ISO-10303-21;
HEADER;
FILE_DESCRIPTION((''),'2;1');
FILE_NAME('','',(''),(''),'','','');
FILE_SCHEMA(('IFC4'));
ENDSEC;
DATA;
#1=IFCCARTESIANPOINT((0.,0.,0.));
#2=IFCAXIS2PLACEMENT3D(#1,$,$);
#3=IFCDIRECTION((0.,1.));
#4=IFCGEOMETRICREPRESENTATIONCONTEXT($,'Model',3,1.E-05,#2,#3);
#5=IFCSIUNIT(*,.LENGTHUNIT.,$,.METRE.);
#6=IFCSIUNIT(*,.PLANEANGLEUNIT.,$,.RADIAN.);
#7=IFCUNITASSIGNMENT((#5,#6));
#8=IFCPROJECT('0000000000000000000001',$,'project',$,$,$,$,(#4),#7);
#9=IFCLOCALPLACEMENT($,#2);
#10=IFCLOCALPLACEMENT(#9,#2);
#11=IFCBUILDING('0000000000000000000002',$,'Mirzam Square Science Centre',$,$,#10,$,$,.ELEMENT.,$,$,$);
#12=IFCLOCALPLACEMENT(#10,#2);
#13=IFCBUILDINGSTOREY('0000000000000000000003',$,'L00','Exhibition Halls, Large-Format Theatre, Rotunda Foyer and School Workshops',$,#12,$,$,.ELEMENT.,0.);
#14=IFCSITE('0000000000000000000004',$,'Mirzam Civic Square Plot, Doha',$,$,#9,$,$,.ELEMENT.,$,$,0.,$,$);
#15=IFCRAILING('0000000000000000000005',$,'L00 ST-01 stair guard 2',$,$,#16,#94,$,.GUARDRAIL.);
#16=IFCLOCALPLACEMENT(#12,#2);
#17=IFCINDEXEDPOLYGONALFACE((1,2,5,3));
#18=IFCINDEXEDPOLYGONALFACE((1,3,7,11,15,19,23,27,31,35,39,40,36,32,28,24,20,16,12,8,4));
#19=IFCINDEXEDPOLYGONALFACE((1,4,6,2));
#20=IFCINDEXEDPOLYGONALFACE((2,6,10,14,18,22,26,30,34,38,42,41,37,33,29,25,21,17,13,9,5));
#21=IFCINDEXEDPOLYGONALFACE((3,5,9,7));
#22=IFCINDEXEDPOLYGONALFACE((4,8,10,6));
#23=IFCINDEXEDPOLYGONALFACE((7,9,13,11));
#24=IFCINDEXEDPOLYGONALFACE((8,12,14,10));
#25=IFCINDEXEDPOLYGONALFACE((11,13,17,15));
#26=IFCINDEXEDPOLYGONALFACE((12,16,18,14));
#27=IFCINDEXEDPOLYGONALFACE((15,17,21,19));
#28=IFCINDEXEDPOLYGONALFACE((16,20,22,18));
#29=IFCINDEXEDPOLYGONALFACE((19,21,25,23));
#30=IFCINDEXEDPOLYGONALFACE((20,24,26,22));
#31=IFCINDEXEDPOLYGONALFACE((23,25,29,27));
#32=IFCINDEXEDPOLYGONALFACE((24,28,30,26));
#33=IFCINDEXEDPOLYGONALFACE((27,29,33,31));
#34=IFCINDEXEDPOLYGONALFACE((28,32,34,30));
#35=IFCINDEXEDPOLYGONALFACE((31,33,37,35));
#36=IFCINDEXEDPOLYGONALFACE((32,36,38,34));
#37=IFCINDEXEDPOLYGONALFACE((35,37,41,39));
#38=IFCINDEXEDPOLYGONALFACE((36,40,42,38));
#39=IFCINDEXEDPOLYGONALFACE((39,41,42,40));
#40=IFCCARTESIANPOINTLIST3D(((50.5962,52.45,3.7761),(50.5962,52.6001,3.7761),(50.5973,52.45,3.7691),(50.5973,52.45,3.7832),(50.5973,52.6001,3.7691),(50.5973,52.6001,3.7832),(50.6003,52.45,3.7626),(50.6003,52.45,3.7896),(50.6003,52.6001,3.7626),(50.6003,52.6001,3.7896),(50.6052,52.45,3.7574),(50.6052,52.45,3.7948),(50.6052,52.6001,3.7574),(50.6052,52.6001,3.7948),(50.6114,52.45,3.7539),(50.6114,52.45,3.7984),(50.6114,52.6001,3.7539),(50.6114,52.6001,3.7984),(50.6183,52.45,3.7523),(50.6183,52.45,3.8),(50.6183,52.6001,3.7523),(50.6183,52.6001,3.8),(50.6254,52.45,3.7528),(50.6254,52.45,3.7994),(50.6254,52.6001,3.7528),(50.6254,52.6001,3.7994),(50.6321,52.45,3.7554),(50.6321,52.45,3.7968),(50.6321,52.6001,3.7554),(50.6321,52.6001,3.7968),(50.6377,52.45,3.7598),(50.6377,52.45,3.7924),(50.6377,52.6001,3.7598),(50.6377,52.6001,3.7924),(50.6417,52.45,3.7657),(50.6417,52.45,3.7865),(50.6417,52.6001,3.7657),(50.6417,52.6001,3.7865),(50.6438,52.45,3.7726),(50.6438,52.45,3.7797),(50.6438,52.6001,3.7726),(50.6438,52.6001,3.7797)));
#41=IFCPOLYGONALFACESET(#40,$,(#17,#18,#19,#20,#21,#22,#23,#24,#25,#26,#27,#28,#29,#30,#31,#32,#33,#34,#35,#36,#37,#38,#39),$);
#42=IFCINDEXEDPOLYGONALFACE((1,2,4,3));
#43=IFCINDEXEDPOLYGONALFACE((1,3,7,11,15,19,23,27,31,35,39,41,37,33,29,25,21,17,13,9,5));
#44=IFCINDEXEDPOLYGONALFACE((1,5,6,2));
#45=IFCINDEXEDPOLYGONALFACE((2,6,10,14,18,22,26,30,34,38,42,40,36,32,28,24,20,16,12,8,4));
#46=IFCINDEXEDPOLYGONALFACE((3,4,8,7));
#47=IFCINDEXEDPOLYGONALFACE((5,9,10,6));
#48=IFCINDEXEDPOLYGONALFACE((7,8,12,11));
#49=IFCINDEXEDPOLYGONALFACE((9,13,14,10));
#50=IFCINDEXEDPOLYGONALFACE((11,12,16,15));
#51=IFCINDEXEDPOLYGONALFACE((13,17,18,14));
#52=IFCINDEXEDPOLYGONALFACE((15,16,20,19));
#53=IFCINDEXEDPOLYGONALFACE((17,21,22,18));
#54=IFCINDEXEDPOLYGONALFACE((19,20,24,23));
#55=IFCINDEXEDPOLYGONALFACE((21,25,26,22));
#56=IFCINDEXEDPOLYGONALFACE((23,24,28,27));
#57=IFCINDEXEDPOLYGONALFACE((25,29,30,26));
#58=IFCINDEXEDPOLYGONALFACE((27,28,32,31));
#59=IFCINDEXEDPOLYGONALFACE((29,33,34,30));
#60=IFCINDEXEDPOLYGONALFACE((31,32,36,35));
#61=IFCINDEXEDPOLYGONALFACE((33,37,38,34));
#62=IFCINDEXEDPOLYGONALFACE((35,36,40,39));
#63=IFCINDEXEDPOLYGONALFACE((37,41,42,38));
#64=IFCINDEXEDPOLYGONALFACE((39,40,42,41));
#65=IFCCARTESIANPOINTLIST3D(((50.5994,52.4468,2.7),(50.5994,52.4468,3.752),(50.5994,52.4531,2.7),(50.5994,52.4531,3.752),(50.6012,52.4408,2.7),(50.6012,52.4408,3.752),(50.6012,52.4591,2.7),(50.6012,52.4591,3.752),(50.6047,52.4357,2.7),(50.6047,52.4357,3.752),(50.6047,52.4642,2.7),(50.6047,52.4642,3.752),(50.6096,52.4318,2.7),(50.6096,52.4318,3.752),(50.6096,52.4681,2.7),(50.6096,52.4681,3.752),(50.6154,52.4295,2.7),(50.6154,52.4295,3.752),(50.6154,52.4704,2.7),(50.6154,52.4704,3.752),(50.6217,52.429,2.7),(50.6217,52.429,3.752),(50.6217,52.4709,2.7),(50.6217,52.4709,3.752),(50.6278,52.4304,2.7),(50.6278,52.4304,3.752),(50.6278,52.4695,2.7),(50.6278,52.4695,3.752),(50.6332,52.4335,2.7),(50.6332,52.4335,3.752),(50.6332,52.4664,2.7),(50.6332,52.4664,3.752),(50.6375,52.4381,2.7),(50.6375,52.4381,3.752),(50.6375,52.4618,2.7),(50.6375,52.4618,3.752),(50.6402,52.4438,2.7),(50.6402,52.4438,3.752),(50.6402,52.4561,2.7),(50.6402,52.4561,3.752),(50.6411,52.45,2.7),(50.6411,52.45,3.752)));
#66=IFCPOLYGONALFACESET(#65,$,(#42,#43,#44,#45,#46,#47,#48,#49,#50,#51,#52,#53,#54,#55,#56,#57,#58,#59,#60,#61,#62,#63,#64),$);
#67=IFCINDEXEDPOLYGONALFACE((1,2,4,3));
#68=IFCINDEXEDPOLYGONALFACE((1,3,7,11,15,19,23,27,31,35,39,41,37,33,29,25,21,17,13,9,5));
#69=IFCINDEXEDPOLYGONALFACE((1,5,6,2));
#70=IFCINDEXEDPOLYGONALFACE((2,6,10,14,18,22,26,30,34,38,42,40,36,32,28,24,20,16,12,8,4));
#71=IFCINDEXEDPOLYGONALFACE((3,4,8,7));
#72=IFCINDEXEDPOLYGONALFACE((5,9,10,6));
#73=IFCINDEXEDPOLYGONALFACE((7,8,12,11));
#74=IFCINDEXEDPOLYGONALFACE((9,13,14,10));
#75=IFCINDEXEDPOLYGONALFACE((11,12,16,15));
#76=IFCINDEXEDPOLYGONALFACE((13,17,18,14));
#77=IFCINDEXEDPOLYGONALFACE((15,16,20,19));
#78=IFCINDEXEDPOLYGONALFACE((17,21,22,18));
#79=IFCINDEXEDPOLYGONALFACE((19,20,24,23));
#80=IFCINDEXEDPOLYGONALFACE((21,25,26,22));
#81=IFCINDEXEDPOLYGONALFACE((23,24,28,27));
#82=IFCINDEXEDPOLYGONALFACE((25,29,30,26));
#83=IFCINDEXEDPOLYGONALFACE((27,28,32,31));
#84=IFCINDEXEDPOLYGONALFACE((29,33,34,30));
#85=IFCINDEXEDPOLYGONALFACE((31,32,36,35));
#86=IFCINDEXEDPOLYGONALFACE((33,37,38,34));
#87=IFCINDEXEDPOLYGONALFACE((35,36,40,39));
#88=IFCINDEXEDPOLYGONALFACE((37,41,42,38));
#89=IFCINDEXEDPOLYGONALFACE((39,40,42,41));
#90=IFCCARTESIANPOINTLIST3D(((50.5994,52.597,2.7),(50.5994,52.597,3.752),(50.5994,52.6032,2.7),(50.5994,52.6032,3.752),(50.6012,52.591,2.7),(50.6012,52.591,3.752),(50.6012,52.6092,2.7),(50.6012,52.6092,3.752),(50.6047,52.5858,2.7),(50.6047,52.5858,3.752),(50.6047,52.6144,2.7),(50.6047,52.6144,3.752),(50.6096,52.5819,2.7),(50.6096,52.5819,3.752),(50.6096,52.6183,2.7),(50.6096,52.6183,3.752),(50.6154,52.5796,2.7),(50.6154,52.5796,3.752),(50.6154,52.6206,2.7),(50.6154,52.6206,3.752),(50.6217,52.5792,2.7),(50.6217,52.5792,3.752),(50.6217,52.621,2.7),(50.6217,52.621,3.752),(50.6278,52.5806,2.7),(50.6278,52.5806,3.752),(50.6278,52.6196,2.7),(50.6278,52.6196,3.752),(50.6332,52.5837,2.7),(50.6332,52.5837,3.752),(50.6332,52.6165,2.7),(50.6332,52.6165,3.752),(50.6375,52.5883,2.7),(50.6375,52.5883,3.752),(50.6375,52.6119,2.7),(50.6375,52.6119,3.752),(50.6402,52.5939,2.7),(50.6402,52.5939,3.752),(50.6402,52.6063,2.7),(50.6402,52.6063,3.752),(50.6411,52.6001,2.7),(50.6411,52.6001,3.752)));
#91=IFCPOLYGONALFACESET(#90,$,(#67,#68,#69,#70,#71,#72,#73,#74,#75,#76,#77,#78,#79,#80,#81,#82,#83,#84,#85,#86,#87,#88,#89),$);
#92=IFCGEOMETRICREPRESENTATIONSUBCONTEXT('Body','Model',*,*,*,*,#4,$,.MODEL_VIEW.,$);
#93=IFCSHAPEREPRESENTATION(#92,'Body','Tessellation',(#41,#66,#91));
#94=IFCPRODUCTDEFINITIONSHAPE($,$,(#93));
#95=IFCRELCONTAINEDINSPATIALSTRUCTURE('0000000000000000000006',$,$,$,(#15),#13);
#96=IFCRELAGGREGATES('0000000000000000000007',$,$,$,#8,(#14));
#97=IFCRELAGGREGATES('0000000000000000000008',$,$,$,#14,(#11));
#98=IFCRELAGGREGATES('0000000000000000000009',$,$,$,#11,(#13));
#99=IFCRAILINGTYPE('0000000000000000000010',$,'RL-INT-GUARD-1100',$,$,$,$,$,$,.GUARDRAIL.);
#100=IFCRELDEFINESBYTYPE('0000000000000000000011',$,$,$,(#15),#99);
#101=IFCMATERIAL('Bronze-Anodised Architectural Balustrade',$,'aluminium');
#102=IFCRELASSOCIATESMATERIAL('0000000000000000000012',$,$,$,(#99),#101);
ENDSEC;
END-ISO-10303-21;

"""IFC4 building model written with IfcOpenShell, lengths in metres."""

from ifc_helpers import new_model, si_unit, direction, frame, origin, origin_2d, place, context, subcontext, project, spatial, circle, extrude, material, type_object, element, save


model = new_model("IFC4")

# Units and contexts
model_context = context("Model", 3, precision=1e-05, world=origin(), true_north=direction((0.0, 1.0)))
body_context = subcontext(model_context, "Body", "Model", "MODEL_VIEW")
ifc_project = project(units=[si_unit("LENGTHUNIT", "METRE"), si_unit("PLANEANGLEUNIT", "RADIAN")], contexts=[model_context])

# Site, building, storey
site_placement = place(None, origin())
site = spatial("IfcSite", under=ifc_project, at=site_placement, Name="Mirzam Civic Square Plot, Doha", CompositionType="ELEMENT", RefElevation=0.0)
building_placement = place(site_placement, origin())
building = spatial("IfcBuilding", under=site, at=building_placement, Name="Mirzam Square Science Centre", CompositionType="ELEMENT")
storey_placement = place(building_placement, origin())
storey = spatial("IfcBuildingStorey", under=building, at=storey_placement, Name="L00", Description="Exhibition Halls, Large-Format Theatre, Rotunda Foyer and School Workshops", CompositionType="ELEMENT", Elevation=0.0)

# Railing
ifc_material_1 = material(Name="Bronze-Anodised Architectural Balustrade", Category="aluminium")
railing_type_1 = type_object("IfcRailingType", Name="RL-INT-GUARD-1100", PredefinedType="GUARDRAIL", material=ifc_material_1)
railing_1_placement = place(storey_placement, frame((50.6201, 52.45, 2.7)))
element("IfcRailing", 1, at=railing_1_placement, inside=storey, type_object=railing_type_1, Name="L00 ST-01 stair guard 2", PredefinedType="GUARDRAIL", context=body_context, shape_type="SweptSolid", body=[
    extrude(circle(Radius=0.0239, at=origin_2d()), frame((0.0, 0.0, 1.0762), z_axis=(0.0, 1.0, 0.0), x_axis=(-1.0, 0.0, 0.0)), (0.0, 0.0, 1.0), 0.1501),
    extrude(circle(Radius=0.021, at=origin_2d()), origin(), (0.0, 0.0, 1.0), 1.052),
    extrude(circle(Radius=0.021, at=origin_2d()), frame((0.0, 0.1501, 0.0)), (0.0, 0.0, 1.0), 1.052),
])

save(model, "model.ifc")
